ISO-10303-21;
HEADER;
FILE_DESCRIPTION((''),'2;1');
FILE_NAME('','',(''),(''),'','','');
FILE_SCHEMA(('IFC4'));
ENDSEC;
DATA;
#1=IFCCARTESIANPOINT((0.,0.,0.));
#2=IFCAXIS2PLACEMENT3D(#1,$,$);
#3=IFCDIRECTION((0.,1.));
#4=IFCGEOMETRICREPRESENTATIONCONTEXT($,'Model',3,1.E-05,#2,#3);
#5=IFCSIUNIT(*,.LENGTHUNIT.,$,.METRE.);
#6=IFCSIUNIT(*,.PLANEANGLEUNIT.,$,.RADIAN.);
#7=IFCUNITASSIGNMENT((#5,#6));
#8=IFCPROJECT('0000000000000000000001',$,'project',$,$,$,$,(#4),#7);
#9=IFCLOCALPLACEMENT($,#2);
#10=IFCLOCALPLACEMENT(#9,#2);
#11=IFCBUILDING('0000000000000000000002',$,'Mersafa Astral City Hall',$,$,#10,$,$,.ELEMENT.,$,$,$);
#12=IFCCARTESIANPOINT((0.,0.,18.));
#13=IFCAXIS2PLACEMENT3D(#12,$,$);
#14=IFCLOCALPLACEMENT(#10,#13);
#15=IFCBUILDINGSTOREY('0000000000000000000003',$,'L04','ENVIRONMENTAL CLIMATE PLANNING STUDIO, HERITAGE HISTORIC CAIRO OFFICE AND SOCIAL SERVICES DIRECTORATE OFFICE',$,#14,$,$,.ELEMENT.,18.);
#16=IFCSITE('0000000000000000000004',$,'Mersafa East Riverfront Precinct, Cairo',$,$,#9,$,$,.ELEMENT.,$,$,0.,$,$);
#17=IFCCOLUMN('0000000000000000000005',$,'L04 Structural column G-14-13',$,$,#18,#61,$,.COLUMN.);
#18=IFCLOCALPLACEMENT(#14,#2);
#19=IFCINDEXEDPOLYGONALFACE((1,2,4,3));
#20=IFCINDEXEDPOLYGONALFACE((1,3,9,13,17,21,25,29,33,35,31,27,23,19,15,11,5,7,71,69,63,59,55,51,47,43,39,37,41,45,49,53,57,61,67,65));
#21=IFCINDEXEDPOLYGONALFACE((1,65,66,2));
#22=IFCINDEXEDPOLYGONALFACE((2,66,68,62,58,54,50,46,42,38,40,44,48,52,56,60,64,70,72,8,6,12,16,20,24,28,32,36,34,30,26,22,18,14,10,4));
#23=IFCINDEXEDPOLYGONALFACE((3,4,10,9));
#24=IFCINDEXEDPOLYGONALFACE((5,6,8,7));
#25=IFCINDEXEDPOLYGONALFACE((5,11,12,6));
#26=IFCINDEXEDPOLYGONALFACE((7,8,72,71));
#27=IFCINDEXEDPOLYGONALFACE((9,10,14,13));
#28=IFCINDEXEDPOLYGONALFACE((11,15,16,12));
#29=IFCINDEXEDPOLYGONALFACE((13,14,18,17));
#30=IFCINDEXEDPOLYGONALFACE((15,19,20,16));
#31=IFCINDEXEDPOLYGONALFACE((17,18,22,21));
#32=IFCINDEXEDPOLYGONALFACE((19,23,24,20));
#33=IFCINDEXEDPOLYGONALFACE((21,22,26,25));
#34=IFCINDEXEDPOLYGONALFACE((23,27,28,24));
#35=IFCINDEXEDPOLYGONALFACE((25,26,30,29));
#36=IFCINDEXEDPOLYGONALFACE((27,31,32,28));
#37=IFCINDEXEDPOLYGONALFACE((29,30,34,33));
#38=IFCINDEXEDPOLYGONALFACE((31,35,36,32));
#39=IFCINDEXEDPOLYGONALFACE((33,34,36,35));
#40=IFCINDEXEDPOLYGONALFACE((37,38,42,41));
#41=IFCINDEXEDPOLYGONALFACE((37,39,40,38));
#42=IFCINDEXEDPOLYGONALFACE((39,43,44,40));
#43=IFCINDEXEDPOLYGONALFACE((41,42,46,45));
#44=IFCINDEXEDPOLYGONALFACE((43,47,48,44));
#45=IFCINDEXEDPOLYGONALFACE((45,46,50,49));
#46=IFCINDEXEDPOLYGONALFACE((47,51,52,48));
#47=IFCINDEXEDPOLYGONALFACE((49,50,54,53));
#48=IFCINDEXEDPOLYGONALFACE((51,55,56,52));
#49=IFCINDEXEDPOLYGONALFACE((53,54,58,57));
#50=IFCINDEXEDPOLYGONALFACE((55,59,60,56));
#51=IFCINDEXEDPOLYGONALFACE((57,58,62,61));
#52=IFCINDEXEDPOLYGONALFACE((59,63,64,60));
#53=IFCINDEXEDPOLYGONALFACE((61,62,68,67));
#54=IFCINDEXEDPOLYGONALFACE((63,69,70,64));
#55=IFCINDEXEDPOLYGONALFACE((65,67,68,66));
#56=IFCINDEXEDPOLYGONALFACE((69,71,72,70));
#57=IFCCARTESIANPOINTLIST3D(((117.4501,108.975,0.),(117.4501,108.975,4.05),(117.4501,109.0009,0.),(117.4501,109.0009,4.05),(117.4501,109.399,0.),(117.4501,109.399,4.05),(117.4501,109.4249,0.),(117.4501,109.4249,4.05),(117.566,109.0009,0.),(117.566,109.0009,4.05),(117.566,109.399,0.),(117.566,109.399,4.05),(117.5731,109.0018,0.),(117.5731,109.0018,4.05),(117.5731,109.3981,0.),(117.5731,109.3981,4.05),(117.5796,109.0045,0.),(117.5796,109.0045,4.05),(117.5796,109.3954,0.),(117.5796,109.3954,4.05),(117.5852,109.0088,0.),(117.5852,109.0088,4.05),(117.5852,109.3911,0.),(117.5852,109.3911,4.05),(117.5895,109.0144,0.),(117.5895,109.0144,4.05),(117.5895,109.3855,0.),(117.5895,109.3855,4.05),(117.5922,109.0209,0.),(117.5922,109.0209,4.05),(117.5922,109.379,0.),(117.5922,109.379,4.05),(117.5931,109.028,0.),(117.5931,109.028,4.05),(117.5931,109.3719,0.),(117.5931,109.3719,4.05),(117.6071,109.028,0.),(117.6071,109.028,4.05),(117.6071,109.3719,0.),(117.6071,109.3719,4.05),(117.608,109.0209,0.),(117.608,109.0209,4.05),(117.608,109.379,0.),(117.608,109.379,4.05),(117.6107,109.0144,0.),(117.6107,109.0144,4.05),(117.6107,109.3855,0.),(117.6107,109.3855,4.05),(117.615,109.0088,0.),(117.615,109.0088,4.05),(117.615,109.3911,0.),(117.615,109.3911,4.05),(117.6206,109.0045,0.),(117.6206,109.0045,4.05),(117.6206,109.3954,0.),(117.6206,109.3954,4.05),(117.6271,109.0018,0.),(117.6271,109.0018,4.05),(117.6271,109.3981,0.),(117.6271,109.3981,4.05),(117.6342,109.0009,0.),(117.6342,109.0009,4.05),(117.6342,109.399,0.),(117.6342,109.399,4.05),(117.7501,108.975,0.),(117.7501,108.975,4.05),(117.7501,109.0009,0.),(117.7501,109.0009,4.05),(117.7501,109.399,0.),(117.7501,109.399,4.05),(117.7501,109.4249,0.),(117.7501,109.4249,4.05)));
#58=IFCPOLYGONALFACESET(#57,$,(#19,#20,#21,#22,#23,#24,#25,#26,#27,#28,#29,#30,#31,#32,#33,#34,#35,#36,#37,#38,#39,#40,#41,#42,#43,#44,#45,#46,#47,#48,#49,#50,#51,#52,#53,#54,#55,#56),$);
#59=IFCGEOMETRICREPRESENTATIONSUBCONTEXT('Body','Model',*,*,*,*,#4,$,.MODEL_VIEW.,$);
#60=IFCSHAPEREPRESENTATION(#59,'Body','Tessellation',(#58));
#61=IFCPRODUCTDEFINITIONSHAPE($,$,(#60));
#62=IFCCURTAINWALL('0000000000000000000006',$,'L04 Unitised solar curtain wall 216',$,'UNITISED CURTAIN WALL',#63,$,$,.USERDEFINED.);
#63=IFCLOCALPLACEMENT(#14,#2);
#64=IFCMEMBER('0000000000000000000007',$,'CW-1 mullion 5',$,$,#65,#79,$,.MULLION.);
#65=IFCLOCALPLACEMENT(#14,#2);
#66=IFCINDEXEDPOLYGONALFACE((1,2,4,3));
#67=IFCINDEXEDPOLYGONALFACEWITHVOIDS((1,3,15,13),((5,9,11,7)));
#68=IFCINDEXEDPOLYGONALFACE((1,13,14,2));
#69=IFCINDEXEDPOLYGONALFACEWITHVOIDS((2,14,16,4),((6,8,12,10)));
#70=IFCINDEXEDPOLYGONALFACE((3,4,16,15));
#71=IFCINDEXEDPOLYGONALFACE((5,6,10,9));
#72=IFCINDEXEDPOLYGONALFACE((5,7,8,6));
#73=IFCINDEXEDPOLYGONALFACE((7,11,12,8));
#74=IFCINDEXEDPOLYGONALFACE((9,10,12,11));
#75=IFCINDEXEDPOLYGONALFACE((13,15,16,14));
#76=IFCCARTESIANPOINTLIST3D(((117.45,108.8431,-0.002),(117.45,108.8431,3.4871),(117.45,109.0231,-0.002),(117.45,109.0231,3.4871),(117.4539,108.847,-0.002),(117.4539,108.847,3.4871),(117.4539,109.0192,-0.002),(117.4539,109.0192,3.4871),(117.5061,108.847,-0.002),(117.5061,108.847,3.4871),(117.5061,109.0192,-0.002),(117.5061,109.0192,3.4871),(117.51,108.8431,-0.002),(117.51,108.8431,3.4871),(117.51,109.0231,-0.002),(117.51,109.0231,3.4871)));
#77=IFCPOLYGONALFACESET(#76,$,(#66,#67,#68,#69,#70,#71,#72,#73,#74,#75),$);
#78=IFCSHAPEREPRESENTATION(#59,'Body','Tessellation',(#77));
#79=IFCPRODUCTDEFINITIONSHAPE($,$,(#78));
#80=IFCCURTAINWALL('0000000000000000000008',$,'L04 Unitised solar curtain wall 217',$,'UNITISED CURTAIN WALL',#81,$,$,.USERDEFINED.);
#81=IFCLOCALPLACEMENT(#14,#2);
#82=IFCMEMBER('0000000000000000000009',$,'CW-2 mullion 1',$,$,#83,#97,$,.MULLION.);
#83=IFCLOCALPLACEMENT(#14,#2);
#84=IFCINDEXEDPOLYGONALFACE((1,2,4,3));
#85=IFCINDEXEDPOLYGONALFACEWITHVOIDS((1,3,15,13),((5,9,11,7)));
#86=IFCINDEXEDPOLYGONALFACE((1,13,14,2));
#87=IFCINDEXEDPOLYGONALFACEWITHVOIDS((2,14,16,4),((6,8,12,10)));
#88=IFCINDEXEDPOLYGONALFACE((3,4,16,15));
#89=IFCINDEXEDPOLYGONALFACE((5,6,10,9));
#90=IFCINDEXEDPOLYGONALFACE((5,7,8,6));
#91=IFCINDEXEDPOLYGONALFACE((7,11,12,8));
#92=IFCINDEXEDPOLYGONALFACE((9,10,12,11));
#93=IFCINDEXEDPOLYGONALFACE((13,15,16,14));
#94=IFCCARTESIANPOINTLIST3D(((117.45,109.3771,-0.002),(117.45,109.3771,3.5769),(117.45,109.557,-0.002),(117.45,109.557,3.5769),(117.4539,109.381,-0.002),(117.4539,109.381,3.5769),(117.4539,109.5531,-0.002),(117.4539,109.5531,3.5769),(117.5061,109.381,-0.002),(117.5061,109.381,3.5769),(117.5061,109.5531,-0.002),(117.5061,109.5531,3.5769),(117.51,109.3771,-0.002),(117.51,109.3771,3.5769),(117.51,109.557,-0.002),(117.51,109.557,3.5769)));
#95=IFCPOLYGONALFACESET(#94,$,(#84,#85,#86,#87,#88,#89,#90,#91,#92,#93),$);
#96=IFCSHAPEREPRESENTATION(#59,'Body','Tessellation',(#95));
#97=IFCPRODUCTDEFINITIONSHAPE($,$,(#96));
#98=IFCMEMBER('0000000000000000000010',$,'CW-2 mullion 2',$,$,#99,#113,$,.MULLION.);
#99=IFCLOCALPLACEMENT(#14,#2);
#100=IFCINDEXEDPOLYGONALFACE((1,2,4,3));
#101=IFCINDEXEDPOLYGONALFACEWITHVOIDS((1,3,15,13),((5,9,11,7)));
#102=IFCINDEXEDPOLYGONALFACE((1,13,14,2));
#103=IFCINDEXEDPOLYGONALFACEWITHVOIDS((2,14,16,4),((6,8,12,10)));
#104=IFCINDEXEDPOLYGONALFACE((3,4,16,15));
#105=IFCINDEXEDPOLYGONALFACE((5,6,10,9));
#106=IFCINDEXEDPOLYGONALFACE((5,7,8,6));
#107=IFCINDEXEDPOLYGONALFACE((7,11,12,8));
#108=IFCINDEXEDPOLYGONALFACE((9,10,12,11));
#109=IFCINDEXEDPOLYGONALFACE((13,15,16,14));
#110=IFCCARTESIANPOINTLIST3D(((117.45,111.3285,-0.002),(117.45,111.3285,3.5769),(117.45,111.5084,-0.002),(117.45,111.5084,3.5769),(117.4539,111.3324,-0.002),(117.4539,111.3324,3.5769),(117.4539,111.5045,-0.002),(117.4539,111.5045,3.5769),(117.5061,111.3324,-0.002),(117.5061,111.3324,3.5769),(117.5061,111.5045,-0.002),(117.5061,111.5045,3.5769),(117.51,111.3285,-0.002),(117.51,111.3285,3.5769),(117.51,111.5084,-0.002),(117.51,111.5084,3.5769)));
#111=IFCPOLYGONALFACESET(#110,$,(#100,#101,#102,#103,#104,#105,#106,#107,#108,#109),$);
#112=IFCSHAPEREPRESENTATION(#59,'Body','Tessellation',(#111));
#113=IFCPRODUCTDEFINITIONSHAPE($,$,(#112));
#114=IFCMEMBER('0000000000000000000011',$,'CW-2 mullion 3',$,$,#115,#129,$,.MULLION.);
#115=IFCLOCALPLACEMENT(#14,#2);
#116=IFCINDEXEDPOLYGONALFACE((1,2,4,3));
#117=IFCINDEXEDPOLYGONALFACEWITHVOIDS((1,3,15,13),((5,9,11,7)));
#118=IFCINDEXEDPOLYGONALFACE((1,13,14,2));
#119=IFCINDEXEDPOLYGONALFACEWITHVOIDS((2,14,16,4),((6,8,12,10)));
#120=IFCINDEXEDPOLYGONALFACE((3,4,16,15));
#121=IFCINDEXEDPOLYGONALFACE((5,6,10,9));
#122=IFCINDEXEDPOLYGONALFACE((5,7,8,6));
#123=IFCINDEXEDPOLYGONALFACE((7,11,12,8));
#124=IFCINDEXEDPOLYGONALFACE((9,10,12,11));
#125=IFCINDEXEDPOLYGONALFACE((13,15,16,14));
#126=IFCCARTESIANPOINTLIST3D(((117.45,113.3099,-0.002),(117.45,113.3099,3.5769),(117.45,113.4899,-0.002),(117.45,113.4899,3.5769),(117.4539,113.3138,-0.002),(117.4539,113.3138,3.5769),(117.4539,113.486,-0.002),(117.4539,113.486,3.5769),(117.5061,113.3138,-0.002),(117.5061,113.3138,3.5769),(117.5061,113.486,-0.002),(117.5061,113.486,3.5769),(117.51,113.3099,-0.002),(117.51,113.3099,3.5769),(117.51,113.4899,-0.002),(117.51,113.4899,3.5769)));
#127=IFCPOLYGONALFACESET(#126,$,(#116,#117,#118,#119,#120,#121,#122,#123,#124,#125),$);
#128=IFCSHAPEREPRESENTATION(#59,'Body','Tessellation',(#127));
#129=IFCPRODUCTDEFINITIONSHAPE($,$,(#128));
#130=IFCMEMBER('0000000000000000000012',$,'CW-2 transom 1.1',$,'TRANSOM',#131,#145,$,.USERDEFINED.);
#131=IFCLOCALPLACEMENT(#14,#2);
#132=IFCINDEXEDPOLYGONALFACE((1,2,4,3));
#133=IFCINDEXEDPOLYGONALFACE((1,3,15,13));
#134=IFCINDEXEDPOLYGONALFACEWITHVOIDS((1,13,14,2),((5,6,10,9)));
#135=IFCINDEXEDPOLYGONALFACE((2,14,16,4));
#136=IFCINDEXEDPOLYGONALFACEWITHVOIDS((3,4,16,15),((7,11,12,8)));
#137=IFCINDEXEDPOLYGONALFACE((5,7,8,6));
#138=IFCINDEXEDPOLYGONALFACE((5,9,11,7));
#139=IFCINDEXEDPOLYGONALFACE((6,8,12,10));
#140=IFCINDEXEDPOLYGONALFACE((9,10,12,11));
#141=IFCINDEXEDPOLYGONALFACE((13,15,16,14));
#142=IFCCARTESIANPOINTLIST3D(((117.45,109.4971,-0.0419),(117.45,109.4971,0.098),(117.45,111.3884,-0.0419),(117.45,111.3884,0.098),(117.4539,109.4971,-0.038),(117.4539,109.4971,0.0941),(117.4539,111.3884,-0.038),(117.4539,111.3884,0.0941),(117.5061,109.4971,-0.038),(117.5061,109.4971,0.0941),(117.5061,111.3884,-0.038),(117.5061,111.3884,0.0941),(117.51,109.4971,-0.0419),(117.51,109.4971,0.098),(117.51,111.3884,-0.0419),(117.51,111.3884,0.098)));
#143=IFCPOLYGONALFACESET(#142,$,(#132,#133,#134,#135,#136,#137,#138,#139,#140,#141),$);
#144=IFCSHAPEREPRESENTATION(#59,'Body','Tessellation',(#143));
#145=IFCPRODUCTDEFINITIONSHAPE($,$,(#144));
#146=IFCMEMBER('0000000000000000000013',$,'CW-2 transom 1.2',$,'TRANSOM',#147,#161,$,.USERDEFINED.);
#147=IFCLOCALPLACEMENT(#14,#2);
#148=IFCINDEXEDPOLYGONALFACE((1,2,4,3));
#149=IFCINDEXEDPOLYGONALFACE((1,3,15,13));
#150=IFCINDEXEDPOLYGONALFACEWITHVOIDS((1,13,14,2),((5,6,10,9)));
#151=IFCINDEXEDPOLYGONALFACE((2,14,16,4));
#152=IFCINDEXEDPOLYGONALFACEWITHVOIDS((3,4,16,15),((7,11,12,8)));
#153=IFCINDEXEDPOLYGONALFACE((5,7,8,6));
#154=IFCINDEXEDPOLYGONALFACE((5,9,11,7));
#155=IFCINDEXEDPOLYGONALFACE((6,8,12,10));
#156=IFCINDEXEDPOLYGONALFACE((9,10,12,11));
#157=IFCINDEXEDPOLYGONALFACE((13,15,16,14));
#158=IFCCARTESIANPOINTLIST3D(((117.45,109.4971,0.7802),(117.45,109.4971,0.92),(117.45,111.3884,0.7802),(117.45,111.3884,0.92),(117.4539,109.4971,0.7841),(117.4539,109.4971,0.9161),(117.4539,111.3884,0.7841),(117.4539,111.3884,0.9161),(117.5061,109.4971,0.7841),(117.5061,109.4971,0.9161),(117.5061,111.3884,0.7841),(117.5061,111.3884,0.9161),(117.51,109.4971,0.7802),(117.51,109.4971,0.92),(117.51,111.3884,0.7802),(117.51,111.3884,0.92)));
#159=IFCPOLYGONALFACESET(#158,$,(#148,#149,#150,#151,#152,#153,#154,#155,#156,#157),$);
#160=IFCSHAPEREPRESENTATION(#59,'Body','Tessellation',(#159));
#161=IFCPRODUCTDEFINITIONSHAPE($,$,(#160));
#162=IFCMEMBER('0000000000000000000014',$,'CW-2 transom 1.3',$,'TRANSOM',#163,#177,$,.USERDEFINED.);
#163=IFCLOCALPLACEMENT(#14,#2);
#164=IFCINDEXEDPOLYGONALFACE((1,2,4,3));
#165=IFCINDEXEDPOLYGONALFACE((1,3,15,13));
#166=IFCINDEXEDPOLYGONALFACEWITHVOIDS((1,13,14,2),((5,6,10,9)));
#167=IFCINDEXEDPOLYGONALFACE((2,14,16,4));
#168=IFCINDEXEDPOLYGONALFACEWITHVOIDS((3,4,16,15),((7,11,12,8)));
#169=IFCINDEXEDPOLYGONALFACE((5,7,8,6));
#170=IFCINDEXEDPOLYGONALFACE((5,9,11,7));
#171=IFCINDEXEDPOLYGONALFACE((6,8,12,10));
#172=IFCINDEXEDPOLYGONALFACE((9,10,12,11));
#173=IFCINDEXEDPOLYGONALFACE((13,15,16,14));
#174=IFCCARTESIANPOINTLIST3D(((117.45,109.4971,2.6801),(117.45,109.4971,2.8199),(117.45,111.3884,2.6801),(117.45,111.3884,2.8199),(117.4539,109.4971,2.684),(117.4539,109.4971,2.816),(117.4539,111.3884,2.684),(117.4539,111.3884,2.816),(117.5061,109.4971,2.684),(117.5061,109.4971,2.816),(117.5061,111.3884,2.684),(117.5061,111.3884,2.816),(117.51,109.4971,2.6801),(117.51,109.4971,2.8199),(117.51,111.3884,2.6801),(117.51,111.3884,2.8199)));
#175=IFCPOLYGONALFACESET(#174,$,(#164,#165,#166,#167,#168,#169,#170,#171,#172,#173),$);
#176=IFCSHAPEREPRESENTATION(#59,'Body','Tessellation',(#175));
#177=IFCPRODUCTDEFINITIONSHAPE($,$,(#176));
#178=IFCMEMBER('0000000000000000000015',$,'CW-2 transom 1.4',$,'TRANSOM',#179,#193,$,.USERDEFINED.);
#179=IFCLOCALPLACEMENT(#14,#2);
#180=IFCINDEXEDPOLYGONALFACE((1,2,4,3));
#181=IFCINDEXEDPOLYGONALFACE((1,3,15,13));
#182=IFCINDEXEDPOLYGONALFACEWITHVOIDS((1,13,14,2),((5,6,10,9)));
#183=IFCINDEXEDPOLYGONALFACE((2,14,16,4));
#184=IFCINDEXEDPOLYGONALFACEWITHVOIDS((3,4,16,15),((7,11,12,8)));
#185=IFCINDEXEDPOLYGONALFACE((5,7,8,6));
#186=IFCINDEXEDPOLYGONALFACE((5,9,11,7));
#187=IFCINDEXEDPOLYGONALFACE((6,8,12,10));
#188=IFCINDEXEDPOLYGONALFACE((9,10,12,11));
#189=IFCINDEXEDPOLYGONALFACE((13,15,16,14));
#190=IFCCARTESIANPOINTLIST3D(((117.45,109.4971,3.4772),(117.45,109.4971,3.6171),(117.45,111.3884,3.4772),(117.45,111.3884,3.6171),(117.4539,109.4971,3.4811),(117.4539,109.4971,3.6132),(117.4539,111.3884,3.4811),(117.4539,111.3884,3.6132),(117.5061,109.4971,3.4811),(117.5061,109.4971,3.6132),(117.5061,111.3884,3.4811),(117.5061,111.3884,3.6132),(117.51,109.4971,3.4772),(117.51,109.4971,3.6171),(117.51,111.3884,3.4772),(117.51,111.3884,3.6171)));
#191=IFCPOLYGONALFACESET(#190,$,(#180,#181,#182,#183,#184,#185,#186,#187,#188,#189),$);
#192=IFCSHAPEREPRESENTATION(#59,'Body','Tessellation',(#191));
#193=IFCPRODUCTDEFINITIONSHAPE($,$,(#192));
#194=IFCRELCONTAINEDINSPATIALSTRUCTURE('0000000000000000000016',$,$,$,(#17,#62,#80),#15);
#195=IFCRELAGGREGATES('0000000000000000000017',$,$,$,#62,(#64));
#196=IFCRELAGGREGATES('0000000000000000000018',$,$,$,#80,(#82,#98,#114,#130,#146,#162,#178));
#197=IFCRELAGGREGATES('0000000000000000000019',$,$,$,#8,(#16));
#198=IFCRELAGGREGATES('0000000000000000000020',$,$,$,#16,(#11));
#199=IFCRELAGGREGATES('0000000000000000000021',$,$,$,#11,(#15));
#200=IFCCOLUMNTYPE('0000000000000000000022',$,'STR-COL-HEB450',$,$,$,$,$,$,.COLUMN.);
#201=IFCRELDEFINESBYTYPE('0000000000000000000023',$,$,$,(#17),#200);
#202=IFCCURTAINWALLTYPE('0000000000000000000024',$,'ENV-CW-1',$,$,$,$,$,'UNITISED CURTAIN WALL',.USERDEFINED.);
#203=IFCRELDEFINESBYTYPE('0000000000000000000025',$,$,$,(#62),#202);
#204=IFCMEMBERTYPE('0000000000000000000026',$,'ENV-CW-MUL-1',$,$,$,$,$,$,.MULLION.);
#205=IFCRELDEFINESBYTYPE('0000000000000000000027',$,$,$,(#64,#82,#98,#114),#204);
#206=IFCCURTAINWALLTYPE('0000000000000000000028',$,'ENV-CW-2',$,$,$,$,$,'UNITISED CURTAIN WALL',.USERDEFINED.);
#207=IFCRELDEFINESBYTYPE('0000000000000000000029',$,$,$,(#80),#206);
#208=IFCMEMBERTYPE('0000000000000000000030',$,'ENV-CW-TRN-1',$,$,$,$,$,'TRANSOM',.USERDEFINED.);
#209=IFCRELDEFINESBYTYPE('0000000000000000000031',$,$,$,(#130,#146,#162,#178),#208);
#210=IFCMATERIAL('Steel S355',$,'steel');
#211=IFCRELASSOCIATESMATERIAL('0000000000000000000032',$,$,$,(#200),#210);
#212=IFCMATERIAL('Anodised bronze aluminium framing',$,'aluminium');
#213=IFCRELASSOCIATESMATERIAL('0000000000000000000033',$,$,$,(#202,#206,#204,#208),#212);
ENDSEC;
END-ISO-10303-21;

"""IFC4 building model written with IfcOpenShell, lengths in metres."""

from ifc_helpers import new_model, si_unit, direction, frame, origin, origin_2d, place, context, subcontext, project, spatial, hollow_rectangle, i_section, extrude, material, material_profile, profile_set, type_object, element, aggregate, save


model = new_model("IFC4")

# Units and contexts
model_context = context("Model", 3, precision=1e-05, world=origin(), true_north=direction((0.0, 1.0)))
body_context = subcontext(model_context, "Body", "Model", "MODEL_VIEW")
ifc_project = project(units=[si_unit("LENGTHUNIT", "METRE"), si_unit("PLANEANGLEUNIT", "RADIAN")], contexts=[model_context])

# Site, building, storey
site_placement = place(None, origin())
site = spatial("IfcSite", under=ifc_project, at=site_placement, Name="Mersafa East Riverfront Precinct, Cairo", CompositionType="ELEMENT", RefElevation=0.0)
building_placement = place(site_placement, origin())
building = spatial("IfcBuilding", under=site, at=building_placement, Name="Mersafa Astral City Hall", CompositionType="ELEMENT")
storey_placement = place(building_placement, frame((0.0, 0.0, 18.0)))
storey = spatial("IfcBuildingStorey", under=building, at=storey_placement, Name="L04", Description="ENVIRONMENTAL CLIMATE PLANNING STUDIO, HERITAGE HISTORIC CAIRO OFFICE AND SOCIAL SERVICES DIRECTORATE OFFICE", CompositionType="ELEMENT", Elevation=18.0)

# Column
ifc_material_1 = material(Name="Steel S355", Category="steel")
ifc_material_profile_1 = material_profile(ifc_material_1, i_section(OverallWidth=0.3, OverallDepth=0.45, WebThickness=0.0139, FlangeThickness=0.0259, FilletRadius=0.0271, at=origin_2d()), Name="HEB 450")
ifc_profile_set_1 = profile_set([ifc_material_profile_1], Name="Steel S355")
column_type = type_object("IfcColumnType", Name="STR-COL-HEB450", PredefinedType="COLUMN", material=ifc_profile_set_1)
column_placement = place(storey_placement, frame((117.6001, 109.2, 0.0), z_axis=(0.0, 0.0, 1.0), x_axis=(1.0, 0.0, 0.0)))
element("IfcColumn", 1, at=column_placement, inside=storey, type_object=column_type, Name="L04 Structural column G-14-13", PredefinedType="COLUMN", context=body_context, shape_type="SweptSolid", body=[
    extrude(i_section(OverallWidth=0.3, OverallDepth=0.45, WebThickness=0.0139, FlangeThickness=0.0259, FilletRadius=0.0271, at=origin_2d()), origin(), (0.0, 0.0, 1.0), 4.05),
])

# Curtain wall, member
ifc_material_2 = material(Name="Anodised bronze aluminium framing", Category="aluminium")
curtain_wall_type_1 = type_object("IfcCurtainWallType", Name="ENV-CW-1", ElementType="UNITISED CURTAIN WALL", PredefinedType="USERDEFINED", material=ifc_material_2)
curtain_wall_1_placement = place(storey_placement, origin())
curtain_wall_1 = element("IfcCurtainWall", 2, at=curtain_wall_1_placement, inside=storey, type_object=curtain_wall_type_1, Name="L04 Unitised solar curtain wall 216", ObjectType="UNITISED CURTAIN WALL", PredefinedType="USERDEFINED")
ifc_material_profile_2 = material_profile(ifc_material_2, hollow_rectangle(XDim=0.0601, YDim=0.1799, WallThickness=0.0039, at=origin_2d()), Name="RHS 60x180x4")
ifc_profile_set_2 = profile_set([ifc_material_profile_2], Name="Anodised bronze aluminium framing")
member_type_1 = type_object("IfcMemberType", Name="ENV-CW-MUL-1", PredefinedType="MULLION", material=ifc_profile_set_2)
member_1_placement = place(storey_placement, frame((117.48, 108.9331, -0.002), z_axis=(0.0, 0.0, 1.0), x_axis=(-1.0, 0.0, 0.0)))
member_1 = element("IfcMember", 3, at=member_1_placement, type_object=member_type_1, Name="CW-1 mullion 5", PredefinedType="MULLION", context=body_context, shape_type="SweptSolid", body=[
    extrude(hollow_rectangle(XDim=0.0601, YDim=0.1799, WallThickness=0.0039, at=origin_2d()), origin(), (0.0, 0.0, 1.0), 3.489),
])

# Curtain wall, members
curtain_wall_type_2 = type_object("IfcCurtainWallType", Name="ENV-CW-2", ElementType="UNITISED CURTAIN WALL", PredefinedType="USERDEFINED", material=ifc_material_2)
curtain_wall_2_placement = place(storey_placement, origin())
curtain_wall_2 = element("IfcCurtainWall", 4, at=curtain_wall_2_placement, inside=storey, type_object=curtain_wall_type_2, Name="L04 Unitised solar curtain wall 217", ObjectType="UNITISED CURTAIN WALL", PredefinedType="USERDEFINED")
member_2_placement = place(storey_placement, frame((117.48, 109.467, -0.002), z_axis=(0.0, 0.0, 1.0), x_axis=(-1.0, 0.0, 0.0)))
member_2 = element("IfcMember", 5, at=member_2_placement, type_object=member_type_1, Name="CW-2 mullion 1", PredefinedType="MULLION", context=body_context, shape_type="SweptSolid", body=[
    extrude(hollow_rectangle(XDim=0.0601, YDim=0.1799, WallThickness=0.0039, at=origin_2d()), origin(), (0.0, 0.0, 1.0), 3.5789),
])
member_3_placement = place(storey_placement, frame((117.48, 111.4185, -0.002), z_axis=(0.0, 0.0, 1.0), x_axis=(-1.0, 0.0, 0.0)))
member_3 = element("IfcMember", 6, at=member_3_placement, type_object=member_type_1, Name="CW-2 mullion 2", PredefinedType="MULLION", context=body_context, shape_type="SweptSolid", body=[
    extrude(hollow_rectangle(XDim=0.0601, YDim=0.1799, WallThickness=0.0039, at=origin_2d()), origin(), (0.0, 0.0, 1.0), 3.5789),
])
member_4_placement = place(storey_placement, frame((117.48, 113.3999, -0.002), z_axis=(0.0, 0.0, 1.0), x_axis=(-1.0, 0.0, 0.0)))
member_4 = element("IfcMember", 7, at=member_4_placement, type_object=member_type_1, Name="CW-2 mullion 3", PredefinedType="MULLION", context=body_context, shape_type="SweptSolid", body=[
    extrude(hollow_rectangle(XDim=0.0601, YDim=0.1799, WallThickness=0.0039, at=origin_2d()), origin(), (0.0, 0.0, 1.0), 3.5789),
])
ifc_material_profile_3 = material_profile(ifc_material_2, hollow_rectangle(XDim=0.0601, YDim=0.1399, WallThickness=0.0039, at=origin_2d()), Name="RHS 60x140x4")
ifc_profile_set_3 = profile_set([ifc_material_profile_3], Name="Anodised bronze aluminium framing")
member_type_2 = type_object("IfcMemberType", Name="ENV-CW-TRN-1", ElementType="TRANSOM", PredefinedType="USERDEFINED", material=ifc_profile_set_3)
member_5_placement = place(storey_placement, frame((117.48, 109.4971, 0.0281), z_axis=(0.0, 1.0, 0.0), x_axis=(-1.0, 0.0, 0.0)))
member_5 = element("IfcMember", 8, at=member_5_placement, type_object=member_type_2, Name="CW-2 transom 1.1", ObjectType="TRANSOM", PredefinedType="USERDEFINED", context=body_context, shape_type="SweptSolid", body=[
    extrude(hollow_rectangle(XDim=0.0601, YDim=0.1399, WallThickness=0.0039, at=origin_2d()), origin(), (0.0, 0.0, 1.0), 1.8914),
])
member_6_placement = place(storey_placement, frame((117.48, 109.4971, 0.8501), z_axis=(0.0, 1.0, 0.0), x_axis=(-1.0, 0.0, 0.0)))
member_6 = element("IfcMember", 9, at=member_6_placement, type_object=member_type_2, Name="CW-2 transom 1.2", ObjectType="TRANSOM", PredefinedType="USERDEFINED", context=body_context, shape_type="SweptSolid", body=[
    extrude(hollow_rectangle(XDim=0.0601, YDim=0.1399, WallThickness=0.0039, at=origin_2d()), origin(), (0.0, 0.0, 1.0), 1.8914),
])
member_7_placement = place(storey_placement, frame((117.48, 109.4971, 2.75), z_axis=(0.0, 1.0, 0.0), x_axis=(-1.0, 0.0, 0.0)))
member_7 = element("IfcMember", 10, at=member_7_placement, type_object=member_type_2, Name="CW-2 transom 1.3", ObjectType="TRANSOM", PredefinedType="USERDEFINED", context=body_context, shape_type="SweptSolid", body=[
    extrude(hollow_rectangle(XDim=0.0601, YDim=0.1399, WallThickness=0.0039, at=origin_2d()), origin(), (0.0, 0.0, 1.0), 1.8914),
])
member_8_placement = place(storey_placement, frame((117.48, 109.4971, 3.5471), z_axis=(0.0, 1.0, 0.0), x_axis=(-1.0, 0.0, 0.0)))
member_8 = element("IfcMember", 11, at=member_8_placement, type_object=member_type_2, Name="CW-2 transom 1.4", ObjectType="TRANSOM", PredefinedType="USERDEFINED", context=body_context, shape_type="SweptSolid", body=[
    extrude(hollow_rectangle(XDim=0.0601, YDim=0.1399, WallThickness=0.0039, at=origin_2d()), origin(), (0.0, 0.0, 1.0), 1.8914),
])

aggregate(curtain_wall_1, [member_1])
aggregate(curtain_wall_2, [member_2, member_3, member_4, member_5, member_6, member_7, member_8])

save(model, "model.ifc")
